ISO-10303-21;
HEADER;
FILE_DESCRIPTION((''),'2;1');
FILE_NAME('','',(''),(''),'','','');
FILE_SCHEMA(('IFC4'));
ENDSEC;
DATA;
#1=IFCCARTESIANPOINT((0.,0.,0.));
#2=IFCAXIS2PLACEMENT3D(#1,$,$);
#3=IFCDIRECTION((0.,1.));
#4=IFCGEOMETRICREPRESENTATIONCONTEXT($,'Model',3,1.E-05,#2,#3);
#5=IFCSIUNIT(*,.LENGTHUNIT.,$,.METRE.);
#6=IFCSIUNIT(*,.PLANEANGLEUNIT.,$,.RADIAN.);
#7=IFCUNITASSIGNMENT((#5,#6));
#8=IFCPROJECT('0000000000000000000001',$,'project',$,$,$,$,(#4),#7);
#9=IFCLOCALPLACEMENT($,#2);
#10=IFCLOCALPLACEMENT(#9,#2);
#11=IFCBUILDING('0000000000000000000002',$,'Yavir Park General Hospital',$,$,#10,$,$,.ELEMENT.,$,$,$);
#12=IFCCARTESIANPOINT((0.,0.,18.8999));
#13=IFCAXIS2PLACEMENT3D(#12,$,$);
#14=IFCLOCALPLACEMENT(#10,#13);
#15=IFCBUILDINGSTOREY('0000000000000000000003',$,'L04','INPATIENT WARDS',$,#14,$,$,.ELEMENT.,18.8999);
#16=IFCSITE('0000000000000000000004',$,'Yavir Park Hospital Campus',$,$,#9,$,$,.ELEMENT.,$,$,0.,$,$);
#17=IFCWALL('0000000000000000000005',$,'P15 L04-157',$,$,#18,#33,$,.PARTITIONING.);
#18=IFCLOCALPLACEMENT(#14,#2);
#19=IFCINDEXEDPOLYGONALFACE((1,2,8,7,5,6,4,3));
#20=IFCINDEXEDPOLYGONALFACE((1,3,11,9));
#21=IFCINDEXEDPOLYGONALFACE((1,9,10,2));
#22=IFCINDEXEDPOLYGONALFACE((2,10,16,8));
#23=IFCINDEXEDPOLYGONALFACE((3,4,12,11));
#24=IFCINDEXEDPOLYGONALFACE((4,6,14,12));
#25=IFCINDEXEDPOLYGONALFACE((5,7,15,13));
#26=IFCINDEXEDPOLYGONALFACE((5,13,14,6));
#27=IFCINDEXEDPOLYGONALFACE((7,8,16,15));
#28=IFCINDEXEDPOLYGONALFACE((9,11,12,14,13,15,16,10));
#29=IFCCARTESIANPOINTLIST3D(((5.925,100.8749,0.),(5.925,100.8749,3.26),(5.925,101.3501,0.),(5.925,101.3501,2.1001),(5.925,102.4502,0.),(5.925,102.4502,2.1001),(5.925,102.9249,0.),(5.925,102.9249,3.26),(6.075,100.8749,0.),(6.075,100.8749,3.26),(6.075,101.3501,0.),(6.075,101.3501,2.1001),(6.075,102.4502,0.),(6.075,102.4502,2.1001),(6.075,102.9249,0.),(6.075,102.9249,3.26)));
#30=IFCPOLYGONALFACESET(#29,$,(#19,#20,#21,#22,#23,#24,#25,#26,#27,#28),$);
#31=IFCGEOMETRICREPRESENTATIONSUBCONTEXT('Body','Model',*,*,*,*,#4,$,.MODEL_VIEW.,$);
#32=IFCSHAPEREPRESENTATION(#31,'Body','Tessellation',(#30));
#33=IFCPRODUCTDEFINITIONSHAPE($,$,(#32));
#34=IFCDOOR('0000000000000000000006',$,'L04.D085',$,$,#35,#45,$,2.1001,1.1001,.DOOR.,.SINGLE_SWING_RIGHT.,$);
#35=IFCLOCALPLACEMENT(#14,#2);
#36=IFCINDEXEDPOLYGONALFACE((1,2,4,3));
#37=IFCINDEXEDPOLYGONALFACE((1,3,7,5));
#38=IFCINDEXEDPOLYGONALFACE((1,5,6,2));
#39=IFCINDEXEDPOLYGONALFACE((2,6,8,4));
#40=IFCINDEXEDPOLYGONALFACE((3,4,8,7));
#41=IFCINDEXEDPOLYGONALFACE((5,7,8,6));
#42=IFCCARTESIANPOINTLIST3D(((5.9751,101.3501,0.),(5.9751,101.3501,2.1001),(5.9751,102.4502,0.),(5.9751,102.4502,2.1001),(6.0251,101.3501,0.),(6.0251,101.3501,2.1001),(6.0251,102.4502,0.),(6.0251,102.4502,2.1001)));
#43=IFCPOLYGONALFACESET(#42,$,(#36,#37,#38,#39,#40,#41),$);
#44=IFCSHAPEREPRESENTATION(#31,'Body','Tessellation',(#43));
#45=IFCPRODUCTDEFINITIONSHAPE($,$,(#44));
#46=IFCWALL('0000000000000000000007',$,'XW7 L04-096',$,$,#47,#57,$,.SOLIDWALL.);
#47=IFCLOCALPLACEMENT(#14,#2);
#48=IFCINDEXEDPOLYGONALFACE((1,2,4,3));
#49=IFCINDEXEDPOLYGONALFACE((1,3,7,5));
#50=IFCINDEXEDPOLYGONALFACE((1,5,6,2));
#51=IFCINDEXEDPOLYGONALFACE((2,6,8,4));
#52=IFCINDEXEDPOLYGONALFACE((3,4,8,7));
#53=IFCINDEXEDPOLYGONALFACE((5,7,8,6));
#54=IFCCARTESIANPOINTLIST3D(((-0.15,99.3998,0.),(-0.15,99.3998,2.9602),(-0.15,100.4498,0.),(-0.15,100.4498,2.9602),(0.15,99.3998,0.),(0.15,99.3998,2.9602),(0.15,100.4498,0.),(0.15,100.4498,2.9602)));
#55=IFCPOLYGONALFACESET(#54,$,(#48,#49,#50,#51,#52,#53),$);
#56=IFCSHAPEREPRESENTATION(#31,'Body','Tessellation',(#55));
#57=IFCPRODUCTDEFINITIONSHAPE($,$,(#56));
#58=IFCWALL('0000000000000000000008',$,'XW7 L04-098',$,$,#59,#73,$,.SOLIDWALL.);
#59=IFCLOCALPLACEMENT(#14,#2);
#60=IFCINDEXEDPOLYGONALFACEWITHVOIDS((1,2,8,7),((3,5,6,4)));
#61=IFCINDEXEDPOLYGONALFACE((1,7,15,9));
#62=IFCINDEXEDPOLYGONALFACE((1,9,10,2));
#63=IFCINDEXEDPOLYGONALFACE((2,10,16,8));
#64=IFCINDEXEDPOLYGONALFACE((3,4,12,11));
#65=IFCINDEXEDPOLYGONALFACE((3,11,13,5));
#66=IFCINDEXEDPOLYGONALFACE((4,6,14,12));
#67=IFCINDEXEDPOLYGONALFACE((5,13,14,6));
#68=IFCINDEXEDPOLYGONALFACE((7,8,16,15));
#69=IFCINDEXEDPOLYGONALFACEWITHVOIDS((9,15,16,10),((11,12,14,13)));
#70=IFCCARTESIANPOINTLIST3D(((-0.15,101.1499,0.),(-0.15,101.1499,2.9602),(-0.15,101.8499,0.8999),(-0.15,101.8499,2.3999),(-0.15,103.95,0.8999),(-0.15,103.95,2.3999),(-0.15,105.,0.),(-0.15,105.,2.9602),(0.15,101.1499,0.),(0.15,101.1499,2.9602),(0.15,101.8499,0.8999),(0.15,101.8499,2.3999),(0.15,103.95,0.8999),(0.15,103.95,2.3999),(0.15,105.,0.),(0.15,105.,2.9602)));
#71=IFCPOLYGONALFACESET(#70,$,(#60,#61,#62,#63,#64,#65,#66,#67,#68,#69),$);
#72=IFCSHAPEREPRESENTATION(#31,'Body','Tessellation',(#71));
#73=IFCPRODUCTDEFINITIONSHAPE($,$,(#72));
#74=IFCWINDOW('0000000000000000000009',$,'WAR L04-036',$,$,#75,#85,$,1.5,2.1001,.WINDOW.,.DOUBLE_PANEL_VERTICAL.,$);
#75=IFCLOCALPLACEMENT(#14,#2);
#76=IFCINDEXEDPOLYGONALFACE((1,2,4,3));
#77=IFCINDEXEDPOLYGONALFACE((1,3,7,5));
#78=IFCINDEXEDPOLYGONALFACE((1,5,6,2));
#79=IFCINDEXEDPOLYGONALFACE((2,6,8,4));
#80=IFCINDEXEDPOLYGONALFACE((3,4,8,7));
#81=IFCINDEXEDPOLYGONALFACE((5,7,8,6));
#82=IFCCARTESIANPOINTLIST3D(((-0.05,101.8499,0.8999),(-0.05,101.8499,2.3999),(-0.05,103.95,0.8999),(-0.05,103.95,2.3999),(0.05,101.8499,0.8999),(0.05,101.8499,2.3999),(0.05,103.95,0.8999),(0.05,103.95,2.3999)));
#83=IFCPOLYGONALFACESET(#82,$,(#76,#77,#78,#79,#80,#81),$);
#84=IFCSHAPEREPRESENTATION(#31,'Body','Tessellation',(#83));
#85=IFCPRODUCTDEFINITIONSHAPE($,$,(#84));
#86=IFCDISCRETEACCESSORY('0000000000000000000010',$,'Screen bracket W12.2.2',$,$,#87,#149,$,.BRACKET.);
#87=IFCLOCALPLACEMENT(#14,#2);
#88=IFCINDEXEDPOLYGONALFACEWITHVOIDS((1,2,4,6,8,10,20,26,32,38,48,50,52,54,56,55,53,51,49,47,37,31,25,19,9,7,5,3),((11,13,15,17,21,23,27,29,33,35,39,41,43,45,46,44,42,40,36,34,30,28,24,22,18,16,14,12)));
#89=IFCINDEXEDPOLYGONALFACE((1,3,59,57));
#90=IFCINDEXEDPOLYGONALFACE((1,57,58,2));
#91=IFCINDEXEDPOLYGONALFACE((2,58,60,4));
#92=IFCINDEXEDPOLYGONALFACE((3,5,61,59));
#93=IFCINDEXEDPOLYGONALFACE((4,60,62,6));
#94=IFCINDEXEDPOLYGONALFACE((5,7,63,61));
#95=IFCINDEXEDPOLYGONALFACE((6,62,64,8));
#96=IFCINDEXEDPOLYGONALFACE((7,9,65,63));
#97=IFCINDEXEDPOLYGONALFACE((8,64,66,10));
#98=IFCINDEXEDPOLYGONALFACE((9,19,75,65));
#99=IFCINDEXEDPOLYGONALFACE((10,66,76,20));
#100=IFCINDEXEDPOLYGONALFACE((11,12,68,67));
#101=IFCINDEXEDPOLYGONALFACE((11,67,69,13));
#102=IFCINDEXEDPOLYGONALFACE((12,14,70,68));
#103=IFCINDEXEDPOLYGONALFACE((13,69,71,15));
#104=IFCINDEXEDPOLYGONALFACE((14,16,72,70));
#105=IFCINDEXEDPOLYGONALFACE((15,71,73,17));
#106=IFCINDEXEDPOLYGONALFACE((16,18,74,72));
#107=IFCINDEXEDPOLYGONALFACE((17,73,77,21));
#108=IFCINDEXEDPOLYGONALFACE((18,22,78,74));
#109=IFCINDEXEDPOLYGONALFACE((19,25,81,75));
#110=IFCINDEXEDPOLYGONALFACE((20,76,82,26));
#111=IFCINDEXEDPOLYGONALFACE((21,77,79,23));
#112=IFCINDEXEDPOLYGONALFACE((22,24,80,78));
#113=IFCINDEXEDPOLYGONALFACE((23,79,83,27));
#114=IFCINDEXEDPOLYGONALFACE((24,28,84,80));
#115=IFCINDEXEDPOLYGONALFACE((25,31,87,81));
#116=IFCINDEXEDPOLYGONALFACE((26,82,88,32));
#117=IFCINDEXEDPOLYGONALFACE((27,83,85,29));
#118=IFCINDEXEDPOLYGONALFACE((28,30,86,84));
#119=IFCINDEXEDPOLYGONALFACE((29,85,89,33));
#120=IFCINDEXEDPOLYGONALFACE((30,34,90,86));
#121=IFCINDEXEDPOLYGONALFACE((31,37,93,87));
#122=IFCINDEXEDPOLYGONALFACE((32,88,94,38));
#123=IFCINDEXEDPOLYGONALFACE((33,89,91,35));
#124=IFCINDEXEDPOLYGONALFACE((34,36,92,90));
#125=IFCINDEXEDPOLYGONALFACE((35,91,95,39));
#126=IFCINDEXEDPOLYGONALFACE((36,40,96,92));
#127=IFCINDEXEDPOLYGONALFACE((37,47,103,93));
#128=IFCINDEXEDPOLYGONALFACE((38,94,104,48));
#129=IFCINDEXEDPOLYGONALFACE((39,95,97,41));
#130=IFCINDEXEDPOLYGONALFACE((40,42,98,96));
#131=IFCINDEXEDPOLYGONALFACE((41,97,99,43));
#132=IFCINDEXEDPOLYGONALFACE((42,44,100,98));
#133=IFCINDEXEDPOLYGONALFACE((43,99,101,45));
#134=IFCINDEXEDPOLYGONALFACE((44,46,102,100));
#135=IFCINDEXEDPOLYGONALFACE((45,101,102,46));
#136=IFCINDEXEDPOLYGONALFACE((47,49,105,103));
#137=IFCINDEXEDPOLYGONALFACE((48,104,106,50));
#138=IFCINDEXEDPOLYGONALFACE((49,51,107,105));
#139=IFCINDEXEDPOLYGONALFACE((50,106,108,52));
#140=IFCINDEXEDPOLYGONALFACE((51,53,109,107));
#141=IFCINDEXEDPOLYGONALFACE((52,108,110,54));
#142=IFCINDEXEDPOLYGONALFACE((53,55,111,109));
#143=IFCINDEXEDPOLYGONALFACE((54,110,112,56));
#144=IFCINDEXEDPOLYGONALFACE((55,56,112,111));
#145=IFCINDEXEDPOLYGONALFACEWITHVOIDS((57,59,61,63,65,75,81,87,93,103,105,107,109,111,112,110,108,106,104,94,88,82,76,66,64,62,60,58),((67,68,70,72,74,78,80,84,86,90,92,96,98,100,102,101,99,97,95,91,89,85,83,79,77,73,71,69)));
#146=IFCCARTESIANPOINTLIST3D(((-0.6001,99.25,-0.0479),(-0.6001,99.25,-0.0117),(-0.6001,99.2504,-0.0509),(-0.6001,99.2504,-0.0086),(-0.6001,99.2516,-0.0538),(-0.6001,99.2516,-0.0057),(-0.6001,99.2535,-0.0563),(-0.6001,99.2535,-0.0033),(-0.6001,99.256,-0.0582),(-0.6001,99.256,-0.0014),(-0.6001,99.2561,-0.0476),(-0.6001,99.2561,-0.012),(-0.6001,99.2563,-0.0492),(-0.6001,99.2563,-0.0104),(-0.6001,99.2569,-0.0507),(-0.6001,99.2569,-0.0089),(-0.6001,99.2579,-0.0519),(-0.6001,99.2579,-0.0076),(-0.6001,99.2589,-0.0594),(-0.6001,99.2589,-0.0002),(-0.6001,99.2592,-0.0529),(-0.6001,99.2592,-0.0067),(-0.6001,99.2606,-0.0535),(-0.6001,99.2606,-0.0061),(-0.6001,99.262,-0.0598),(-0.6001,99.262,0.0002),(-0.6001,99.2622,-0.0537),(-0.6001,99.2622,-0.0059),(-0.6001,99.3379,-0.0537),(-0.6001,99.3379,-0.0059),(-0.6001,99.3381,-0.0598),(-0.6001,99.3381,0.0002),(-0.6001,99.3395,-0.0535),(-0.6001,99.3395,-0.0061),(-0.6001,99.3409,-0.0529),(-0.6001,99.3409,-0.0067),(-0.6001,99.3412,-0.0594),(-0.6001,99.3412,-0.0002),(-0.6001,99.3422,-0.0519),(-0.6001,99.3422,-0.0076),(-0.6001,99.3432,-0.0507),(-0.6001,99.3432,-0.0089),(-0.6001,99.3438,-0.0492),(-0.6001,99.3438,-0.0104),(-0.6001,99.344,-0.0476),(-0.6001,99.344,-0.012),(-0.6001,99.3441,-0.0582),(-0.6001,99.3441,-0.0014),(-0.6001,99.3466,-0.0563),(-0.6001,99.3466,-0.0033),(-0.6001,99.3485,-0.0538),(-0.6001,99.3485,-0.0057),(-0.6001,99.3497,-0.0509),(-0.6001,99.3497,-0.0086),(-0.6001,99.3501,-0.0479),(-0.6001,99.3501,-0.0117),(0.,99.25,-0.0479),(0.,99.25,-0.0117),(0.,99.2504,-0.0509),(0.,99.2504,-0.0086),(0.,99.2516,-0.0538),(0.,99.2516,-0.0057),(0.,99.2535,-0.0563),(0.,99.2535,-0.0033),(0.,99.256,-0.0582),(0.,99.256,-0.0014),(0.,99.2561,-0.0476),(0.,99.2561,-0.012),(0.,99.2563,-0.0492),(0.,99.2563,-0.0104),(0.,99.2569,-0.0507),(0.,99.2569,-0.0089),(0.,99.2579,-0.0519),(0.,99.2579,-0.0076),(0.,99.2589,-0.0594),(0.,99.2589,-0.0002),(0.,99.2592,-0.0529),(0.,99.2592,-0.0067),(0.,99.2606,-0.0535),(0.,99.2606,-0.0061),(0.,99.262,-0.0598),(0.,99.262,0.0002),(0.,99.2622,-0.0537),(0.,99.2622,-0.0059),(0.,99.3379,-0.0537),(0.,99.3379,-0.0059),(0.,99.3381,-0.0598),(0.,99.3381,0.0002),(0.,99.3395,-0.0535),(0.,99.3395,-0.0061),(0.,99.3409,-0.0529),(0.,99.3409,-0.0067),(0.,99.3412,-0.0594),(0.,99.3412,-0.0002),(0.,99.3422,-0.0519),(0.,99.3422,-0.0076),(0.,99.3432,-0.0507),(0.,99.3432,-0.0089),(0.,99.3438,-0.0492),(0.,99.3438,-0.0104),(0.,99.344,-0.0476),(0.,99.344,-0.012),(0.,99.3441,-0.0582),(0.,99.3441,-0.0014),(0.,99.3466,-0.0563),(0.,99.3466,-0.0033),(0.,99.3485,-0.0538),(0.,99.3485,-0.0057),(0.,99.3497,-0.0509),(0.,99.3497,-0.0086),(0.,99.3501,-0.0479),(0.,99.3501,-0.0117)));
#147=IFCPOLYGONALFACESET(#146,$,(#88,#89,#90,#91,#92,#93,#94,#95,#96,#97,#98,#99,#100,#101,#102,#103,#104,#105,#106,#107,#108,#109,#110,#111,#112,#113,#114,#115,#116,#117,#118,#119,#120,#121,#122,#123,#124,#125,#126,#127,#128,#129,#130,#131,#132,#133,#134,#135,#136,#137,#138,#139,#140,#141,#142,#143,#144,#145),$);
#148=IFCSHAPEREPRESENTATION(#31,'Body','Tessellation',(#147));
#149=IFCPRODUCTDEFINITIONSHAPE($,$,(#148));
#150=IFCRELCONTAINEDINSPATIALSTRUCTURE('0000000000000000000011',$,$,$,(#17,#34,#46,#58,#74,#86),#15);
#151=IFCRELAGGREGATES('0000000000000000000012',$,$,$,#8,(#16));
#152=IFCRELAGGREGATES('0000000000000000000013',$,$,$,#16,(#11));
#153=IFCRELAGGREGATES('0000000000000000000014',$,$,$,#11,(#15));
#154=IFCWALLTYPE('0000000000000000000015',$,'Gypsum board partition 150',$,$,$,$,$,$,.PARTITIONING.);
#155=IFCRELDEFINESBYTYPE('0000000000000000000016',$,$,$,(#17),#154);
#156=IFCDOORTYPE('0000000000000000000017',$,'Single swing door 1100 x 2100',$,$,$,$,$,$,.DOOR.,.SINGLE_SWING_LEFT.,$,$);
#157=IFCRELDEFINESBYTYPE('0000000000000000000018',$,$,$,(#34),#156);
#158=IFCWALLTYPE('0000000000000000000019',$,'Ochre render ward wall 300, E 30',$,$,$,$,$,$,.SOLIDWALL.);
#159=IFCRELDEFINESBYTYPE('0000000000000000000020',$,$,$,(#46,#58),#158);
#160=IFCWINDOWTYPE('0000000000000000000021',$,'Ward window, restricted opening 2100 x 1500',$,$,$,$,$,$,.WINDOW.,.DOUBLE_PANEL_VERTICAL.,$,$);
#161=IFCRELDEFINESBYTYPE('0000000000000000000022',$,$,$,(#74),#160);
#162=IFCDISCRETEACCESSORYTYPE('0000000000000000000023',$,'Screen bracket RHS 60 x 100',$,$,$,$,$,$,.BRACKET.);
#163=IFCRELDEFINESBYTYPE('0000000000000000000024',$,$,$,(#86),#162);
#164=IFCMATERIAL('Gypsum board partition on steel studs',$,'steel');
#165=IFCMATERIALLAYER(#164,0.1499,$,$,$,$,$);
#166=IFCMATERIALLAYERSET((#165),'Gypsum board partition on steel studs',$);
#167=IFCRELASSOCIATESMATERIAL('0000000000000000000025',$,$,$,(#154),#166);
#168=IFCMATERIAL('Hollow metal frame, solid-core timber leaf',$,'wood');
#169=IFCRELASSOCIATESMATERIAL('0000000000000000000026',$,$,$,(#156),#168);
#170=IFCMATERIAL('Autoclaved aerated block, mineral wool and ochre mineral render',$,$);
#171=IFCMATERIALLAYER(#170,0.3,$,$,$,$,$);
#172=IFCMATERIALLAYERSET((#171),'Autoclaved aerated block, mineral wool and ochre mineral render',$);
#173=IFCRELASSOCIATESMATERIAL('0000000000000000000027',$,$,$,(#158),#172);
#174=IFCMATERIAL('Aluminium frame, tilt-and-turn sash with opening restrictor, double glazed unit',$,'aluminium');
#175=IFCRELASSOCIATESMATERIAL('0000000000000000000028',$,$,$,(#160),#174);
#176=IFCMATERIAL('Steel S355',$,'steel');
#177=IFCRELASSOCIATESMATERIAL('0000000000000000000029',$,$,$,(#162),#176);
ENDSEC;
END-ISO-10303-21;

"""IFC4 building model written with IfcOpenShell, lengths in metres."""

from ifc_helpers import new_model, si_unit, direction, frame, frame_2d, origin, origin_2d, place, context, subcontext, project, spatial, rectangle, hollow_rectangle, extrude, material, layer, layer_set, material_profile, profile_set, type_object, element, fill, save


model = new_model("IFC4")

# Units and contexts
model_context = context("Model", 3, precision=1e-05, world=origin(), true_north=direction((0.0, 1.0)))
body_context = subcontext(model_context, "Body", "Model", "MODEL_VIEW")
ifc_project = project(units=[si_unit("LENGTHUNIT", "METRE"), si_unit("PLANEANGLEUNIT", "RADIAN")], contexts=[model_context])

# Site, building, storey
site_placement = place(None, origin())
site = spatial("IfcSite", under=ifc_project, at=site_placement, Name="Yavir Park Hospital Campus", CompositionType="ELEMENT", RefElevation=0.0)
building_placement = place(site_placement, origin())
building = spatial("IfcBuilding", under=site, at=building_placement, Name="Yavir Park General Hospital", CompositionType="ELEMENT")
storey_placement = place(building_placement, frame((0.0, 0.0, 18.8999)))
storey = spatial("IfcBuildingStorey", under=building, at=storey_placement, Name="L04", Description="INPATIENT WARDS", CompositionType="ELEMENT", Elevation=18.8999)

# Shared definitions
ifc_material_1 = material(Name="Gypsum board partition on steel studs", Category="steel")
ifc_layer_1 = layer(ifc_material_1, 0.1499)
ifc_layer_set_1 = layer_set([ifc_layer_1], Name="Gypsum board partition on steel studs")
wall_type_1 = type_object("IfcWallType", Name="Gypsum board partition 150", PredefinedType="PARTITIONING", material=ifc_layer_set_1)

# Wall, opening, door
wall_1_placement = place(storey_placement, frame((6.0, 100.875, 0.0), z_axis=(0.0, 0.0, 1.0), x_axis=(0.0, 1.0, 0.0)))
wall_1 = element("IfcWall", 1, at=wall_1_placement, inside=storey, type_object=wall_type_1, Name="P15 L04-157", PredefinedType="PARTITIONING", context=body_context, shape_type="SweptSolid", body=[
    extrude(rectangle(XDim=2.05, YDim=0.1499, at=frame_2d((1.0249, 0.0))), origin(), (0.0, 0.0, 1.0), 3.26),
])
opening_1_placement = place(wall_1_placement, frame((0.4751, 0.0, 0.0)))
opening_1 = element("IfcOpeningElement", 2, at=opening_1_placement, cuts=wall_1, PredefinedType="OPENING", context=body_context, shape_type="SweptSolid", body=[
    extrude(rectangle(XDim=1.1001, YDim=2.1001, at=frame_2d((0.55, 1.05))), frame((0.0, 0.085, 0.0), z_axis=(0.0, -1.0, 0.0), x_axis=(1.0, 0.0, 0.0)), (0.0, 0.0, 1.0), 0.1699),
])
ifc_material_2 = material(Name="Hollow metal frame, solid-core timber leaf", Category="wood")
door_type = type_object("IfcDoorType", Name="Single swing door 1100 x 2100", OperationType="SINGLE_SWING_LEFT", PredefinedType="DOOR", material=ifc_material_2)
door_placement = place(opening_1_placement, origin())
door = element("IfcDoor", 3, at=door_placement, inside=storey, type_object=door_type, Name="L04.D085", OperationType="SINGLE_SWING_RIGHT", OverallHeight=2.1001, OverallWidth=1.1001, PredefinedType="DOOR", context=body_context, shape_type="SweptSolid", body=[
    extrude(rectangle(XDim=1.1001, YDim=2.1001, at=frame_2d((0.55, 1.05))), frame((0.0, 0.0249, 0.0), z_axis=(0.0, -1.0, 0.0), x_axis=(1.0, 0.0, 0.0)), (0.0, 0.0, 1.0), 0.05),
])
fill(opening_1, door)

# Wall
ifc_material_3 = material(Name="Autoclaved aerated block, mineral wool and ochre mineral render")
ifc_layer_2 = layer(ifc_material_3, 0.3)
ifc_layer_set_2 = layer_set([ifc_layer_2], Name="Autoclaved aerated block, mineral wool and ochre mineral render")
wall_type_2 = type_object("IfcWallType", Name="Ochre render ward wall 300, E 30", PredefinedType="SOLIDWALL", material=ifc_layer_set_2)
wall_2_placement = place(storey_placement, frame((0.0, 99.3999, 0.0), z_axis=(0.0, 0.0, 1.0), x_axis=(0.0, 1.0, 0.0)))
element("IfcWall", 4, at=wall_2_placement, inside=storey, type_object=wall_type_2, Name="XW7 L04-096", PredefinedType="SOLIDWALL", context=body_context, shape_type="SweptSolid", body=[
    extrude(rectangle(XDim=1.05, YDim=0.3, at=frame_2d((0.5249, 0.0))), origin(), (0.0, 0.0, 1.0), 2.9602),
])

# Wall, opening, window
wall_3_placement = place(storey_placement, frame((0.0, 101.1499, 0.0), z_axis=(0.0, 0.0, 1.0), x_axis=(0.0, 1.0, 0.0)))
wall_3 = element("IfcWall", 5, at=wall_3_placement, inside=storey, type_object=wall_type_2, Name="XW7 L04-098", PredefinedType="SOLIDWALL", context=body_context, shape_type="SweptSolid", body=[
    extrude(rectangle(XDim=3.8501, YDim=0.3, at=frame_2d((1.925, 0.0))), origin(), (0.0, 0.0, 1.0), 2.9602),
])
opening_2_placement = place(wall_3_placement, frame((0.7, 0.0, 0.8999)))
opening_2 = element("IfcOpeningElement", 6, at=opening_2_placement, cuts=wall_3, PredefinedType="OPENING", context=body_context, shape_type="SweptSolid", body=[
    extrude(rectangle(XDim=2.1001, YDim=1.5, at=frame_2d((1.05, 0.75))), frame((0.0, 0.1599, 0.0), z_axis=(0.0, -1.0, 0.0), x_axis=(1.0, 0.0, 0.0)), (0.0, 0.0, 1.0), 0.3201),
])
ifc_material_4 = material(Name="Aluminium frame, tilt-and-turn sash with opening restrictor, double glazed unit", Category="aluminium")
window_type = type_object("IfcWindowType", Name="Ward window, restricted opening 2100 x 1500", PartitioningType="DOUBLE_PANEL_VERTICAL", PredefinedType="WINDOW", material=ifc_material_4)
window_placement = place(opening_2_placement, origin())
window = element("IfcWindow", 7, at=window_placement, inside=storey, type_object=window_type, Name="WAR L04-036", OverallHeight=1.5, OverallWidth=2.1001, PartitioningType="DOUBLE_PANEL_VERTICAL", PredefinedType="WINDOW", context=body_context, shape_type="SweptSolid", body=[
    extrude(rectangle(XDim=2.1001, YDim=1.5, at=frame_2d((1.05, 0.75))), frame((0.0, 0.05, 0.0), z_axis=(0.0, -1.0, 0.0), x_axis=(1.0, 0.0, 0.0)), (0.0, 0.0, 1.0), 0.1001),
])
fill(opening_2, window)

# Discrete accessory
ifc_material_5 = material(Name="Steel S355", Category="steel")
ifc_material_profile_1 = material_profile(ifc_material_5, hollow_rectangle(XDim=0.1001, YDim=0.0601, WallThickness=0.0061, InnerFilletRadius=0.0061, OuterFilletRadius=0.012, at=origin_2d()), Name="RHS60x100x6")
ifc_profile_set_1 = profile_set([ifc_material_profile_1], Name="Steel S355")
discrete_accessory_type = type_object("IfcDiscreteAccessoryType", Name="Screen bracket RHS 60 x 100", PredefinedType="BRACKET", material=ifc_profile_set_1)
discrete_accessory_placement = place(storey_placement, frame((0.0, 99.3, -0.0298), z_axis=(-1.0, 0.0, 0.0), x_axis=(0.0, -1.0, 0.0)))
element("IfcDiscreteAccessory", 8, at=discrete_accessory_placement, inside=storey, type_object=discrete_accessory_type, Name="Screen bracket W12.2.2", PredefinedType="BRACKET", context=body_context, shape_type="SweptSolid", body=[
    extrude(hollow_rectangle(XDim=0.1001, YDim=0.0601, WallThickness=0.0061, InnerFilletRadius=0.0061, OuterFilletRadius=0.012, at=origin_2d()), origin(), (0.0, 0.0, 1.0), 0.6001),
])

save(model, "model.ifc")
